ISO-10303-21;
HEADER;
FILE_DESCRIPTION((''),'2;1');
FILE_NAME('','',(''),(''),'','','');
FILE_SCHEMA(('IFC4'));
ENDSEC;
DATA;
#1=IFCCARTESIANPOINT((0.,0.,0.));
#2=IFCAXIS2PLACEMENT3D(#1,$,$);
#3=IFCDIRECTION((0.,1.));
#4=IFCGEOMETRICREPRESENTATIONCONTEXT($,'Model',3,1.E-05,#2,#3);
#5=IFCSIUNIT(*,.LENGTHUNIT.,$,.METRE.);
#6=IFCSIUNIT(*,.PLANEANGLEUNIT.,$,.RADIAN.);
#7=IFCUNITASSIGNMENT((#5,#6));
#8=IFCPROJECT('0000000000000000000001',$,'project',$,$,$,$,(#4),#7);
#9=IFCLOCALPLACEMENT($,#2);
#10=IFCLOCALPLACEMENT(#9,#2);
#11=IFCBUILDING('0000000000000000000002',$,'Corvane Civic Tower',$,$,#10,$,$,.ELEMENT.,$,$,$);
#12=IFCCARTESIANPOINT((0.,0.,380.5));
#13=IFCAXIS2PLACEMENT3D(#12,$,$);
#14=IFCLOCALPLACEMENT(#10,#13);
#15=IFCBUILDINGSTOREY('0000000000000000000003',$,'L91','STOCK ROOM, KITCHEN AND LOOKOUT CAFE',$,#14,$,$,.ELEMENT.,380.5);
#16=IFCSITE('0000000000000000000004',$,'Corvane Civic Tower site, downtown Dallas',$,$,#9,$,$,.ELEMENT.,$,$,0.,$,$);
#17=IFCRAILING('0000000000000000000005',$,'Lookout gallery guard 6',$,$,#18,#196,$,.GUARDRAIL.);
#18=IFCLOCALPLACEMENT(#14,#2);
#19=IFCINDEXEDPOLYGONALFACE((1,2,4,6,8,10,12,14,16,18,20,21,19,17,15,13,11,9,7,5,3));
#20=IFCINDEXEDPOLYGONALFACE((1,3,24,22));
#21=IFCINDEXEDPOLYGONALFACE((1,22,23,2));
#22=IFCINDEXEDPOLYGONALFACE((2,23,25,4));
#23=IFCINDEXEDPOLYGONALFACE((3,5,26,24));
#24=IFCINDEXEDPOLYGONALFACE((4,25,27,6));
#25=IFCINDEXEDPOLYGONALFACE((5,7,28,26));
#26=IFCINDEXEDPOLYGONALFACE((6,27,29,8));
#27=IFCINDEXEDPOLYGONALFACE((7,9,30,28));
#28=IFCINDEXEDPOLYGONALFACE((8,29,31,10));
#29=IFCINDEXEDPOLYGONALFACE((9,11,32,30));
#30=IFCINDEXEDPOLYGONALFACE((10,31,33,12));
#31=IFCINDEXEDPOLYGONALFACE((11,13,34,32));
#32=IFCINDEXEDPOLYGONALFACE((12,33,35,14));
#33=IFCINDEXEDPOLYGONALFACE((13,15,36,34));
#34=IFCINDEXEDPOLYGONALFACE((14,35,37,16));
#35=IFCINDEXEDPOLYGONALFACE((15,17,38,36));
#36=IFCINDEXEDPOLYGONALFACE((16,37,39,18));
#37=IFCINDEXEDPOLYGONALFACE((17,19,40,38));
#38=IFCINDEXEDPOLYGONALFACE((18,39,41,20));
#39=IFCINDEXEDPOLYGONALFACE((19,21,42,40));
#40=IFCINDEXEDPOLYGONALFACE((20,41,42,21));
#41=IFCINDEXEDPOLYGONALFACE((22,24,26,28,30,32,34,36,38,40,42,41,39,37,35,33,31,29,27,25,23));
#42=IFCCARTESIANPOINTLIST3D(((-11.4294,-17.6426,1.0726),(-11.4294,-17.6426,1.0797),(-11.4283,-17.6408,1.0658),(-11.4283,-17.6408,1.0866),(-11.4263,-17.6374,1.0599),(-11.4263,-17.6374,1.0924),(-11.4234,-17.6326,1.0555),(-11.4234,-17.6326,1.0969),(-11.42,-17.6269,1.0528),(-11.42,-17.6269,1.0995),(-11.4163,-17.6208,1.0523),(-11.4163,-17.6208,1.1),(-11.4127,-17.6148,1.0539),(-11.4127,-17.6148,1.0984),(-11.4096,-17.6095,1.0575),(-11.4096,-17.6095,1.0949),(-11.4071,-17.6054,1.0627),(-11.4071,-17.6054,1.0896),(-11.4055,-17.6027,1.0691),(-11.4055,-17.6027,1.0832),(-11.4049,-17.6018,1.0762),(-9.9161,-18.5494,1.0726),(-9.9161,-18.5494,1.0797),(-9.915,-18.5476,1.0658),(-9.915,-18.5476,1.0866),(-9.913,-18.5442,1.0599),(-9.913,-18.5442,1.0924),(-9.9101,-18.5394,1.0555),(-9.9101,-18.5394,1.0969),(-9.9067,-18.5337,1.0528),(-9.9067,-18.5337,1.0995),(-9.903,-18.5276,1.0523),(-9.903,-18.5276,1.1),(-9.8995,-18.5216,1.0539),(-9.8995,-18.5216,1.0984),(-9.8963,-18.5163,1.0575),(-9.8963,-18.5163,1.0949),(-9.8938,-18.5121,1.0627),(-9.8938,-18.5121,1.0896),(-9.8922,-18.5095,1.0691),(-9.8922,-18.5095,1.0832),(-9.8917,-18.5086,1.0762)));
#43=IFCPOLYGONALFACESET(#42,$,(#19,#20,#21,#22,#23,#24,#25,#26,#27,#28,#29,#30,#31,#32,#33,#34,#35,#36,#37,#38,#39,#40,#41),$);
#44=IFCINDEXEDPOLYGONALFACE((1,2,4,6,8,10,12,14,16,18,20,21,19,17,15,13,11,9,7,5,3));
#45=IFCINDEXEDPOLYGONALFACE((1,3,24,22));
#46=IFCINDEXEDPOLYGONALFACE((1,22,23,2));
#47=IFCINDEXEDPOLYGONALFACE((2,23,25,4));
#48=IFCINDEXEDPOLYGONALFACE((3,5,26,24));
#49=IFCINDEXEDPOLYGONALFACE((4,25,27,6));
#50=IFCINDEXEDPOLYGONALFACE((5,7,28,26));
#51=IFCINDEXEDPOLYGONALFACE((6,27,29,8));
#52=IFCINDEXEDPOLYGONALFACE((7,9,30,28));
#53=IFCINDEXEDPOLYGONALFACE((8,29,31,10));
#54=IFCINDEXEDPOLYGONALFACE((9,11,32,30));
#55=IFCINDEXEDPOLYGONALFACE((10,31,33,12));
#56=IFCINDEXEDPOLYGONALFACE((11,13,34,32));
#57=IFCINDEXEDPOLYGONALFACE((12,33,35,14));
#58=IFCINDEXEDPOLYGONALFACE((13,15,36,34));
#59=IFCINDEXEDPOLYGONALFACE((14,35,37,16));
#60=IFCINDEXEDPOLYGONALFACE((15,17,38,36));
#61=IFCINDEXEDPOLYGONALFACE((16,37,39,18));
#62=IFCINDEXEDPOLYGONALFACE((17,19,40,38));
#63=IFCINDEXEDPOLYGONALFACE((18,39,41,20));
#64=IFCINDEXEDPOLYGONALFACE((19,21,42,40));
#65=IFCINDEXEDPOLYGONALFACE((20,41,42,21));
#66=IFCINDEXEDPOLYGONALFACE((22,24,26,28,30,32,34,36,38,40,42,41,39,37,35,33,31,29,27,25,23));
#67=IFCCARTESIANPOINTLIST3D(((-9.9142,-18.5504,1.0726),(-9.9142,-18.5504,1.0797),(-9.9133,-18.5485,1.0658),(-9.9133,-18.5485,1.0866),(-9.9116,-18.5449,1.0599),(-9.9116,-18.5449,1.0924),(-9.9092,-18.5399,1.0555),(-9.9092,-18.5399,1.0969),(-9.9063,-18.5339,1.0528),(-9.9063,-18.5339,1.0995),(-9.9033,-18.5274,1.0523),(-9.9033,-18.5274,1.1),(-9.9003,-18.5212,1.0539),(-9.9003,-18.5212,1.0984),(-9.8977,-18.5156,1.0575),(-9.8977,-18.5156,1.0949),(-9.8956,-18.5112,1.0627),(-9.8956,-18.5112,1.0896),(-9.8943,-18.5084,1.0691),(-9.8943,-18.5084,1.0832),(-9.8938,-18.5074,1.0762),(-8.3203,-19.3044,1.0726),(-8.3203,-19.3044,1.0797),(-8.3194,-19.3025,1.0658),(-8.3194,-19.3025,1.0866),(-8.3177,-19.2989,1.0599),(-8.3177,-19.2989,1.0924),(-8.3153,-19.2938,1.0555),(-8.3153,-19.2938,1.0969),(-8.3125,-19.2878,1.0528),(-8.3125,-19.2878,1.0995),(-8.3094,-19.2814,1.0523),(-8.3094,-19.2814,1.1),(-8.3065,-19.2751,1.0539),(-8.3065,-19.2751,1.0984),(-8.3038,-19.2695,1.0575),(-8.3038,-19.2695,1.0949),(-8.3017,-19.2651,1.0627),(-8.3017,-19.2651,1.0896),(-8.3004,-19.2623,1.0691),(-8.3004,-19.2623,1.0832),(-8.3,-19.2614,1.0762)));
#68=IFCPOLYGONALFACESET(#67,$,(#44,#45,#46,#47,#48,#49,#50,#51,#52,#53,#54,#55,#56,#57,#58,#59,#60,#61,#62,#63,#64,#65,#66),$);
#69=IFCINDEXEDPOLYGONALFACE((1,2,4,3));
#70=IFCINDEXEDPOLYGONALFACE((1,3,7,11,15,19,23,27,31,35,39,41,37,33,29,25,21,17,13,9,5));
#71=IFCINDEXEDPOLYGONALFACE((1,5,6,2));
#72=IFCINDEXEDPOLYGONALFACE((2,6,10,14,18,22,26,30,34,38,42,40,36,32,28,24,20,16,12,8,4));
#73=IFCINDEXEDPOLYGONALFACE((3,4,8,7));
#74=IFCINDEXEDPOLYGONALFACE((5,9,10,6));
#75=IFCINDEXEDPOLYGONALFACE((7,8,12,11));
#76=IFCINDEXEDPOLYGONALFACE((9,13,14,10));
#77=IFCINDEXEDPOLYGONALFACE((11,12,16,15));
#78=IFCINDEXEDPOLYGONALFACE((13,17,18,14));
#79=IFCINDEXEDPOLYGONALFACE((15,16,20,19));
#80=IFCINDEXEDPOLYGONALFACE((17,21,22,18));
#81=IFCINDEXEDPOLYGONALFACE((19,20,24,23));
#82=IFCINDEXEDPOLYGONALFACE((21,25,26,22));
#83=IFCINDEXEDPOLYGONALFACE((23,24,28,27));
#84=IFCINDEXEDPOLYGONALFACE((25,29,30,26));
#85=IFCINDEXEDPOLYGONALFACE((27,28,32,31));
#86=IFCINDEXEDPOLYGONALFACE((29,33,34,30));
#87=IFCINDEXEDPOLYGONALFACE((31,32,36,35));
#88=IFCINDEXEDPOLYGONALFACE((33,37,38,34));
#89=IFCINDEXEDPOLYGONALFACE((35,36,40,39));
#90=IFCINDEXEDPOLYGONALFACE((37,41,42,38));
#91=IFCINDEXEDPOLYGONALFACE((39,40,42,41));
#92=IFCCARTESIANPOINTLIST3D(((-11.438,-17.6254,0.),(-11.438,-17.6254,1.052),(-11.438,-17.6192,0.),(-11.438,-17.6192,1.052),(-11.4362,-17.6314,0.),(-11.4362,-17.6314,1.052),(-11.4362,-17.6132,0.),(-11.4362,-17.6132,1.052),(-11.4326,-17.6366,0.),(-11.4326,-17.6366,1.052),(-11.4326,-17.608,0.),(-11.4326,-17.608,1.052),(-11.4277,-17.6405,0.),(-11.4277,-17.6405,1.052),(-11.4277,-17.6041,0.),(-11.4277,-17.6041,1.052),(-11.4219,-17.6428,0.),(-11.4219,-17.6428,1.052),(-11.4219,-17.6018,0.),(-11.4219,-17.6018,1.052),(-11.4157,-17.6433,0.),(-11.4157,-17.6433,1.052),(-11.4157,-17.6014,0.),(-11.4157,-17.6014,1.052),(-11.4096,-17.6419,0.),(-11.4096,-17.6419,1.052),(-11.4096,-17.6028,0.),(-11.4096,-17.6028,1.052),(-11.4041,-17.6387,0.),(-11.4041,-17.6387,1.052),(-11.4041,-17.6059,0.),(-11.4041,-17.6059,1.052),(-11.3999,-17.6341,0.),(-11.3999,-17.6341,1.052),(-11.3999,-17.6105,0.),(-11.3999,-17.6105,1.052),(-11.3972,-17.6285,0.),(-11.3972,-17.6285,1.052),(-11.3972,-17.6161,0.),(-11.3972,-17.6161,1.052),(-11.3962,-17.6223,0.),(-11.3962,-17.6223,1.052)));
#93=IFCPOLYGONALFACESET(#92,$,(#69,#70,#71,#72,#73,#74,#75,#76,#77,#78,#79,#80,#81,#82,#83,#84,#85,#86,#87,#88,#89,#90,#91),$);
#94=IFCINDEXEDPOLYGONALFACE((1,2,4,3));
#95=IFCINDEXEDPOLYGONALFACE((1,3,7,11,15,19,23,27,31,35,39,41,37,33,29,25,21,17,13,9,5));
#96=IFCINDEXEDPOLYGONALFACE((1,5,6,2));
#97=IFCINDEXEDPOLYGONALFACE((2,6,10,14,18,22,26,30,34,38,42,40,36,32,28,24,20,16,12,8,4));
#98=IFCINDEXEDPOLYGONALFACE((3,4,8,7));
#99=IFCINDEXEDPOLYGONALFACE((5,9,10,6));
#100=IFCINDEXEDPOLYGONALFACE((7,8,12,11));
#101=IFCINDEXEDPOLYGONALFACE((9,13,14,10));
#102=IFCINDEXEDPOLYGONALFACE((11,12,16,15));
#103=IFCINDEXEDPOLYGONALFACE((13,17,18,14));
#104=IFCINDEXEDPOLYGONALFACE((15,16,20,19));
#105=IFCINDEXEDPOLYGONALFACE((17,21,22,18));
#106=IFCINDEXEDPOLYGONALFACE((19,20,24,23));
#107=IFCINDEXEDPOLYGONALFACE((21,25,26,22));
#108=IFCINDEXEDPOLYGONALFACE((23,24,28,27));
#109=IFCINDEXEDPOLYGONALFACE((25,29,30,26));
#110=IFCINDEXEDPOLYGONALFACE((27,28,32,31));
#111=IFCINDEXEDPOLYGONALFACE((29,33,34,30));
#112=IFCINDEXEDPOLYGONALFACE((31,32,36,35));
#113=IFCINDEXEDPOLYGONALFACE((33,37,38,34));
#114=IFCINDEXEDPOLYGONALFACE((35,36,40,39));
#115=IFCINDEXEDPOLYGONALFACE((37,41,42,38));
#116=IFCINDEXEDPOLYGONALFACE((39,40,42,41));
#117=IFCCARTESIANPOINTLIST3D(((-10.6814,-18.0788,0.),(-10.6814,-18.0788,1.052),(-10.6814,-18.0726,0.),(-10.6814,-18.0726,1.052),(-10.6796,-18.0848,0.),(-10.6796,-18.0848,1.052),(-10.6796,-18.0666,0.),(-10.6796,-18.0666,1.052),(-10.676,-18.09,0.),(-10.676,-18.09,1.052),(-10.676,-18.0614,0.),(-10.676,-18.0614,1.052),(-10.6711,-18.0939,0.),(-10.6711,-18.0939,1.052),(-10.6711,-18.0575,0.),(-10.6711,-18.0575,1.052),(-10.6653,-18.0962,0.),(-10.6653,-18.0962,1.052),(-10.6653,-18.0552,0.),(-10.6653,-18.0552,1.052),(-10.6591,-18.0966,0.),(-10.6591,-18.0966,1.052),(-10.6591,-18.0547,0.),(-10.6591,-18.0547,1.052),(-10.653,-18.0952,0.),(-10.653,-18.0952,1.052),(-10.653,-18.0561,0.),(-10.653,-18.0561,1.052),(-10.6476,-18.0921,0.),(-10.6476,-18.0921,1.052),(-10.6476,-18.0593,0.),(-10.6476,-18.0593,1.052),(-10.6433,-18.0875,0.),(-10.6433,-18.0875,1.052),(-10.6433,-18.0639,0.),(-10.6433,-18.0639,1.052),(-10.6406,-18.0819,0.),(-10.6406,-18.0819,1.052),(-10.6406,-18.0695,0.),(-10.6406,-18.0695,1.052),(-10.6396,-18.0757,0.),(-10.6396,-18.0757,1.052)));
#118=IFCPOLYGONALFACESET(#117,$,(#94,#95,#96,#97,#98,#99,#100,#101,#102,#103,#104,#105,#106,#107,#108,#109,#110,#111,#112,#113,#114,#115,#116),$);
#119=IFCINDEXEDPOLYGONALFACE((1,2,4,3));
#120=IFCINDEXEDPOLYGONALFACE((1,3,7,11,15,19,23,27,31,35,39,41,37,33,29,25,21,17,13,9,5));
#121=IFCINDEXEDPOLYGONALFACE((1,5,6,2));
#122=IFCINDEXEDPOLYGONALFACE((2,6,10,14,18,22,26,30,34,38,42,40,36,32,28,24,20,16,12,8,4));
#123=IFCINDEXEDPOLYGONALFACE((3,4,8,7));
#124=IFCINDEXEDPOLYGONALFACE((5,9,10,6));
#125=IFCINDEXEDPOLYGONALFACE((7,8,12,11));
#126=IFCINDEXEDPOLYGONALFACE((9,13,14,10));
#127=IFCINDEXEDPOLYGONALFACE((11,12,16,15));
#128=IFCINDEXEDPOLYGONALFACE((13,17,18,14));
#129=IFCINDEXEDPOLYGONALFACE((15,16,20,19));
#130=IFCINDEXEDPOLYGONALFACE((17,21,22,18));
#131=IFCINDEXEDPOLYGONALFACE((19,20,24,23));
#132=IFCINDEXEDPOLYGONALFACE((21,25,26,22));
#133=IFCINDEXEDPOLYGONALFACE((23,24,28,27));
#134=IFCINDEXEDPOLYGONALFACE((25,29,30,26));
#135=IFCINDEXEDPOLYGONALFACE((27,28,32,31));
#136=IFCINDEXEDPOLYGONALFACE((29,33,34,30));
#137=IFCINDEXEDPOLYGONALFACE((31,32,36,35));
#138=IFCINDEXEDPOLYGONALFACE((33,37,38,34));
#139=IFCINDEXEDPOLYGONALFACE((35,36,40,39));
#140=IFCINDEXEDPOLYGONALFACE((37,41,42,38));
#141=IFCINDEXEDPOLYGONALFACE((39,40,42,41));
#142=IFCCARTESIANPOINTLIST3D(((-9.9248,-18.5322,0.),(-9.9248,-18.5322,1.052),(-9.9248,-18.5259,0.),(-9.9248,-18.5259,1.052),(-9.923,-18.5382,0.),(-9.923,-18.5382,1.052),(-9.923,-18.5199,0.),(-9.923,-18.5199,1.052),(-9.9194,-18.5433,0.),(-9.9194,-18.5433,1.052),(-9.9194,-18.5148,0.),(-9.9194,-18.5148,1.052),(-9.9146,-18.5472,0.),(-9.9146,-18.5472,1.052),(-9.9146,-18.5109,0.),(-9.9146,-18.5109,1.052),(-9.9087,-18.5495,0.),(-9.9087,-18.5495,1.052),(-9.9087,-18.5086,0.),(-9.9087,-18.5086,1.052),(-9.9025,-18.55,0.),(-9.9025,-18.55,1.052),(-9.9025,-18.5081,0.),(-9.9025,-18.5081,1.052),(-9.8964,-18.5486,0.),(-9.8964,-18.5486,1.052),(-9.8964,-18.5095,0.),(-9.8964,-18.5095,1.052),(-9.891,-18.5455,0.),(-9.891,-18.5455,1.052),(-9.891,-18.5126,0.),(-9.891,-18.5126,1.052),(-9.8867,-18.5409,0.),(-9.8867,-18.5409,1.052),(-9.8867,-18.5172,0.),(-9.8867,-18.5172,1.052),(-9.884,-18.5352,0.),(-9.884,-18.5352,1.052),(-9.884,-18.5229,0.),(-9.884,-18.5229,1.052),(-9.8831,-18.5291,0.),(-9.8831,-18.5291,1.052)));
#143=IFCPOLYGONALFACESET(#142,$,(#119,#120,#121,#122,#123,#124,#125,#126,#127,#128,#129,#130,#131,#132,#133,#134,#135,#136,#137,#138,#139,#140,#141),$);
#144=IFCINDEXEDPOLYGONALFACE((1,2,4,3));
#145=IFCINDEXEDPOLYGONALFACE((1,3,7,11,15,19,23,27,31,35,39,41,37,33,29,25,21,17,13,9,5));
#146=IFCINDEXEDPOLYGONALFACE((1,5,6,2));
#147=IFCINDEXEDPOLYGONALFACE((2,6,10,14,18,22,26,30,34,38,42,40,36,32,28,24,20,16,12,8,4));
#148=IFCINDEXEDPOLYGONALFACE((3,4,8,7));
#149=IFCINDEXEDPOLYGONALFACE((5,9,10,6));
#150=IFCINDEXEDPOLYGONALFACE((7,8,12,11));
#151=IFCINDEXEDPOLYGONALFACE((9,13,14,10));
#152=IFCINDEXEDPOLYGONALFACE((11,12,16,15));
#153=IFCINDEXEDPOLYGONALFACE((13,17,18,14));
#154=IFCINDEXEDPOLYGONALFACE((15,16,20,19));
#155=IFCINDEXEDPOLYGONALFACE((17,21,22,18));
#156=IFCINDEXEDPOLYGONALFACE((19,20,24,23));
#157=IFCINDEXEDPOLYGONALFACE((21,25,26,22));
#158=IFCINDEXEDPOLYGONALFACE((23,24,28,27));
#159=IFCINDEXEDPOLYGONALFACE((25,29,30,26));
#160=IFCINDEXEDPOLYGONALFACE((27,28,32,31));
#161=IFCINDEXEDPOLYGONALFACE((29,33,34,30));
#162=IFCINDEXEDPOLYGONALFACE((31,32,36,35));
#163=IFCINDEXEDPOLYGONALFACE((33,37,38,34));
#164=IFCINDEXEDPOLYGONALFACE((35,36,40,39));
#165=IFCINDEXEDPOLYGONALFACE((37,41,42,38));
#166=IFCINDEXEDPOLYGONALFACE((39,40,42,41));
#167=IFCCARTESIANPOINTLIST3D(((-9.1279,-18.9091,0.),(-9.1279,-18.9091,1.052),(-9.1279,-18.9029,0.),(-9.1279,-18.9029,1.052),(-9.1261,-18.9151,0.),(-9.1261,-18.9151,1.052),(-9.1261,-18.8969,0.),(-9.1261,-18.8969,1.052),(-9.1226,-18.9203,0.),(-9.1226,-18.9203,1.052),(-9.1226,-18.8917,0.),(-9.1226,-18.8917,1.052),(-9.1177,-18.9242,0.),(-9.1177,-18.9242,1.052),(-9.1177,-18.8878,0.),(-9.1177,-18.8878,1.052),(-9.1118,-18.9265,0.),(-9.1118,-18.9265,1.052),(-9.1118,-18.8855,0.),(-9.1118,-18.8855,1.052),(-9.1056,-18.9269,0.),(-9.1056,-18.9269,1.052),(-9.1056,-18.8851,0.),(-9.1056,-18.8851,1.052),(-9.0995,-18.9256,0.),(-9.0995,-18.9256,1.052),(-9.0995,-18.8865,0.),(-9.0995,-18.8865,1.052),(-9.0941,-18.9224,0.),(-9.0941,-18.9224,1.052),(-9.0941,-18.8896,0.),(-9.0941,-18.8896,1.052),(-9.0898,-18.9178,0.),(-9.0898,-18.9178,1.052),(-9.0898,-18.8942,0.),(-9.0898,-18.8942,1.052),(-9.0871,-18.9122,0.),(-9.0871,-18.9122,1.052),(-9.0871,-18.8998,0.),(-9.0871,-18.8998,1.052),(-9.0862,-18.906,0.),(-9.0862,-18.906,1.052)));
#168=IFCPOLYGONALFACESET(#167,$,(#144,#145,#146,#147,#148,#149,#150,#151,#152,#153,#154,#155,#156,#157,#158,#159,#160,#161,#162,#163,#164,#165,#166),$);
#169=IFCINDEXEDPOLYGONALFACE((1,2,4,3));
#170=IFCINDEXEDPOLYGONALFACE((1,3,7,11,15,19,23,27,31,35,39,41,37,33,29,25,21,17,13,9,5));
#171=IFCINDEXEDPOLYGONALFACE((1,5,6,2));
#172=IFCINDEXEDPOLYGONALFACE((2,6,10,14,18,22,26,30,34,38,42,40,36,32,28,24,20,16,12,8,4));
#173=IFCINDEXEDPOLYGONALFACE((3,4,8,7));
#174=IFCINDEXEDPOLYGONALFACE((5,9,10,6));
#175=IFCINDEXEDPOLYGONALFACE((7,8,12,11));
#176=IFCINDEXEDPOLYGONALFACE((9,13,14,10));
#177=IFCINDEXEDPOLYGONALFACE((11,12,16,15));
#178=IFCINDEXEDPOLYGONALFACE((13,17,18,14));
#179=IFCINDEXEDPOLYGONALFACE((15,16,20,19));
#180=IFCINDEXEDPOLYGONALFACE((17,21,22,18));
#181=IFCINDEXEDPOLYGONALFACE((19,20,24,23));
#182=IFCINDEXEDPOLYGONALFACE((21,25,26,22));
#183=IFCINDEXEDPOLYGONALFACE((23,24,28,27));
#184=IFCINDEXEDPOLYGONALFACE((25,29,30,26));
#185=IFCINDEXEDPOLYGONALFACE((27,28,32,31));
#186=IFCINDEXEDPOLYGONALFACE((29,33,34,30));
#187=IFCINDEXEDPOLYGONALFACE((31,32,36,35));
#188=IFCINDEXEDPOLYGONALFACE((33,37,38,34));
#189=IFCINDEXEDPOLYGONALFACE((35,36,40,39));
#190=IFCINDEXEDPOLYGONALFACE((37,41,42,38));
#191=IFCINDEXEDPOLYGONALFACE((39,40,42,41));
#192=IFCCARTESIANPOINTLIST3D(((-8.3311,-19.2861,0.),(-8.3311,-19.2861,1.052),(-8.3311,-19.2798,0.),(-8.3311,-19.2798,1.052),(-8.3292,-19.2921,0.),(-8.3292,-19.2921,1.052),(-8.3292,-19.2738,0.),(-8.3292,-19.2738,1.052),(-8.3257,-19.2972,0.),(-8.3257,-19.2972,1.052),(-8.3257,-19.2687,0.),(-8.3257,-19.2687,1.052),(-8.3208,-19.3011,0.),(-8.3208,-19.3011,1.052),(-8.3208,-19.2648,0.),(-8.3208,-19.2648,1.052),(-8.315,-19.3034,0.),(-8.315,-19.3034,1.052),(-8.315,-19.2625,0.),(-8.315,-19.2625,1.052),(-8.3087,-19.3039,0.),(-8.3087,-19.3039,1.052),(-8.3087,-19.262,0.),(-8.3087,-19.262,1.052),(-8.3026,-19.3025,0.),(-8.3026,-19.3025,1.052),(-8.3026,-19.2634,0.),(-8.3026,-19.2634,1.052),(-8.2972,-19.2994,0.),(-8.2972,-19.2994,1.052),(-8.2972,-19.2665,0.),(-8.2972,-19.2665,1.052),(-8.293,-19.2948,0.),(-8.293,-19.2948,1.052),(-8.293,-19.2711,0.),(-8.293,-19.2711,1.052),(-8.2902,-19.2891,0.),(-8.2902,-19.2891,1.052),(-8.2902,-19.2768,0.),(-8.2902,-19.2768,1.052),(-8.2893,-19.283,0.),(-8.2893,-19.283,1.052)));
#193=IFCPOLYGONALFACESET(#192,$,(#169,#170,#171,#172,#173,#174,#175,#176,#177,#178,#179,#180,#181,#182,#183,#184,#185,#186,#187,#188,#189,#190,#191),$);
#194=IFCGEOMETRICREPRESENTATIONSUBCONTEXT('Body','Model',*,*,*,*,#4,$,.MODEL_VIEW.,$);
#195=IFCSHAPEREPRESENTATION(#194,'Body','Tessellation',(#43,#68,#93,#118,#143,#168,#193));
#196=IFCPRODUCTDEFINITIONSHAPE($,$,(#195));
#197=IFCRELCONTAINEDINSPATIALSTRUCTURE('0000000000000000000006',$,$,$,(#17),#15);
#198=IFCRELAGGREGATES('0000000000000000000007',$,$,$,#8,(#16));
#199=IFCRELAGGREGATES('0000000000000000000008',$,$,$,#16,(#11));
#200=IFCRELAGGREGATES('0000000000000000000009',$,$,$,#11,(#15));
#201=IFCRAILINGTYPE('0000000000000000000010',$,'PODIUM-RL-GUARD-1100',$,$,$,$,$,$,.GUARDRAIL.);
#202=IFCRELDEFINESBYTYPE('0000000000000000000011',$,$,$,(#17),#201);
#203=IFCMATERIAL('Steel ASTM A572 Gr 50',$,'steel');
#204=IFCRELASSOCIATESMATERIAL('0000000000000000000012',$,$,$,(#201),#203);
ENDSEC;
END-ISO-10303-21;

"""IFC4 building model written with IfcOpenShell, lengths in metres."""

from ifc_helpers import new_model, si_unit, direction, frame, origin, origin_2d, place, context, subcontext, project, spatial, circle, extrude, material, type_object, element, save


model = new_model("IFC4")

# Units and contexts
model_context = context("Model", 3, precision=1e-05, world=origin(), true_north=direction((0.0, 1.0)))
body_context = subcontext(model_context, "Body", "Model", "MODEL_VIEW")
ifc_project = project(units=[si_unit("LENGTHUNIT", "METRE"), si_unit("PLANEANGLEUNIT", "RADIAN")], contexts=[model_context])

# Site, building, storey
site_placement = place(None, origin())
site = spatial("IfcSite", under=ifc_project, at=site_placement, Name="Corvane Civic Tower site, downtown Dallas", CompositionType="ELEMENT", RefElevation=0.0)
building_placement = place(site_placement, origin())
building = spatial("IfcBuilding", under=site, at=building_placement, Name="Corvane Civic Tower", CompositionType="ELEMENT")
storey_placement = place(building_placement, frame((0.0, 0.0, 380.5)))
storey = spatial("IfcBuildingStorey", under=building, at=storey_placement, Name="L91", Description="STOCK ROOM, KITCHEN AND LOOKOUT CAFE", CompositionType="ELEMENT", Elevation=380.5)

# Railing
ifc_material_1 = material(Name="Steel ASTM A572 Gr 50", Category="steel")
railing_type = type_object("IfcRailingType", Name="PODIUM-RL-GUARD-1100", PredefinedType="GUARDRAIL", material=ifc_material_1)
railing_placement = place(storey_placement, frame((-11.4172, -17.6223, 0.0)))
element("IfcRailing", 1, at=railing_placement, inside=storey, type_object=railing_type, Name="Lookout gallery guard 6", PredefinedType="GUARDRAIL", context=body_context, shape_type="SweptSolid", body=[
    extrude(circle(Radius=0.0239, at=origin_2d()), frame((0.0, 0.0, 1.0762), z_axis=(0.857786, -0.514007, 0.0), x_axis=(0.514007, 0.857786, 0.0)), (0.0, 0.0, 1.0), 1.7642),
    extrude(circle(Radius=0.0239, at=origin_2d()), frame((1.5132, -0.9067, 1.0762), z_axis=(0.903963, -0.42761, 0.0), x_axis=(0.42761, 0.903963, 0.0)), (0.0, 0.0, 1.0), 1.7632),
    extrude(circle(Radius=0.021, at=origin_2d()), origin(), (0.0, 0.0, 1.0), 1.052),
    extrude(circle(Radius=0.021, at=origin_2d()), frame((0.7566, -0.4534, 0.0)), (0.0, 0.0, 1.0), 1.052),
    extrude(circle(Radius=0.021, at=origin_2d()), frame((1.5132, -0.9067, 0.0)), (0.0, 0.0, 1.0), 1.052),
    extrude(circle(Radius=0.021, at=origin_2d()), frame((2.3101, -1.2837, 0.0)), (0.0, 0.0, 1.0), 1.052),
    extrude(circle(Radius=0.021, at=origin_2d()), frame((3.1069, -1.6606, 0.0)), (0.0, 0.0, 1.0), 1.052),
])

save(model, "model.ifc")
